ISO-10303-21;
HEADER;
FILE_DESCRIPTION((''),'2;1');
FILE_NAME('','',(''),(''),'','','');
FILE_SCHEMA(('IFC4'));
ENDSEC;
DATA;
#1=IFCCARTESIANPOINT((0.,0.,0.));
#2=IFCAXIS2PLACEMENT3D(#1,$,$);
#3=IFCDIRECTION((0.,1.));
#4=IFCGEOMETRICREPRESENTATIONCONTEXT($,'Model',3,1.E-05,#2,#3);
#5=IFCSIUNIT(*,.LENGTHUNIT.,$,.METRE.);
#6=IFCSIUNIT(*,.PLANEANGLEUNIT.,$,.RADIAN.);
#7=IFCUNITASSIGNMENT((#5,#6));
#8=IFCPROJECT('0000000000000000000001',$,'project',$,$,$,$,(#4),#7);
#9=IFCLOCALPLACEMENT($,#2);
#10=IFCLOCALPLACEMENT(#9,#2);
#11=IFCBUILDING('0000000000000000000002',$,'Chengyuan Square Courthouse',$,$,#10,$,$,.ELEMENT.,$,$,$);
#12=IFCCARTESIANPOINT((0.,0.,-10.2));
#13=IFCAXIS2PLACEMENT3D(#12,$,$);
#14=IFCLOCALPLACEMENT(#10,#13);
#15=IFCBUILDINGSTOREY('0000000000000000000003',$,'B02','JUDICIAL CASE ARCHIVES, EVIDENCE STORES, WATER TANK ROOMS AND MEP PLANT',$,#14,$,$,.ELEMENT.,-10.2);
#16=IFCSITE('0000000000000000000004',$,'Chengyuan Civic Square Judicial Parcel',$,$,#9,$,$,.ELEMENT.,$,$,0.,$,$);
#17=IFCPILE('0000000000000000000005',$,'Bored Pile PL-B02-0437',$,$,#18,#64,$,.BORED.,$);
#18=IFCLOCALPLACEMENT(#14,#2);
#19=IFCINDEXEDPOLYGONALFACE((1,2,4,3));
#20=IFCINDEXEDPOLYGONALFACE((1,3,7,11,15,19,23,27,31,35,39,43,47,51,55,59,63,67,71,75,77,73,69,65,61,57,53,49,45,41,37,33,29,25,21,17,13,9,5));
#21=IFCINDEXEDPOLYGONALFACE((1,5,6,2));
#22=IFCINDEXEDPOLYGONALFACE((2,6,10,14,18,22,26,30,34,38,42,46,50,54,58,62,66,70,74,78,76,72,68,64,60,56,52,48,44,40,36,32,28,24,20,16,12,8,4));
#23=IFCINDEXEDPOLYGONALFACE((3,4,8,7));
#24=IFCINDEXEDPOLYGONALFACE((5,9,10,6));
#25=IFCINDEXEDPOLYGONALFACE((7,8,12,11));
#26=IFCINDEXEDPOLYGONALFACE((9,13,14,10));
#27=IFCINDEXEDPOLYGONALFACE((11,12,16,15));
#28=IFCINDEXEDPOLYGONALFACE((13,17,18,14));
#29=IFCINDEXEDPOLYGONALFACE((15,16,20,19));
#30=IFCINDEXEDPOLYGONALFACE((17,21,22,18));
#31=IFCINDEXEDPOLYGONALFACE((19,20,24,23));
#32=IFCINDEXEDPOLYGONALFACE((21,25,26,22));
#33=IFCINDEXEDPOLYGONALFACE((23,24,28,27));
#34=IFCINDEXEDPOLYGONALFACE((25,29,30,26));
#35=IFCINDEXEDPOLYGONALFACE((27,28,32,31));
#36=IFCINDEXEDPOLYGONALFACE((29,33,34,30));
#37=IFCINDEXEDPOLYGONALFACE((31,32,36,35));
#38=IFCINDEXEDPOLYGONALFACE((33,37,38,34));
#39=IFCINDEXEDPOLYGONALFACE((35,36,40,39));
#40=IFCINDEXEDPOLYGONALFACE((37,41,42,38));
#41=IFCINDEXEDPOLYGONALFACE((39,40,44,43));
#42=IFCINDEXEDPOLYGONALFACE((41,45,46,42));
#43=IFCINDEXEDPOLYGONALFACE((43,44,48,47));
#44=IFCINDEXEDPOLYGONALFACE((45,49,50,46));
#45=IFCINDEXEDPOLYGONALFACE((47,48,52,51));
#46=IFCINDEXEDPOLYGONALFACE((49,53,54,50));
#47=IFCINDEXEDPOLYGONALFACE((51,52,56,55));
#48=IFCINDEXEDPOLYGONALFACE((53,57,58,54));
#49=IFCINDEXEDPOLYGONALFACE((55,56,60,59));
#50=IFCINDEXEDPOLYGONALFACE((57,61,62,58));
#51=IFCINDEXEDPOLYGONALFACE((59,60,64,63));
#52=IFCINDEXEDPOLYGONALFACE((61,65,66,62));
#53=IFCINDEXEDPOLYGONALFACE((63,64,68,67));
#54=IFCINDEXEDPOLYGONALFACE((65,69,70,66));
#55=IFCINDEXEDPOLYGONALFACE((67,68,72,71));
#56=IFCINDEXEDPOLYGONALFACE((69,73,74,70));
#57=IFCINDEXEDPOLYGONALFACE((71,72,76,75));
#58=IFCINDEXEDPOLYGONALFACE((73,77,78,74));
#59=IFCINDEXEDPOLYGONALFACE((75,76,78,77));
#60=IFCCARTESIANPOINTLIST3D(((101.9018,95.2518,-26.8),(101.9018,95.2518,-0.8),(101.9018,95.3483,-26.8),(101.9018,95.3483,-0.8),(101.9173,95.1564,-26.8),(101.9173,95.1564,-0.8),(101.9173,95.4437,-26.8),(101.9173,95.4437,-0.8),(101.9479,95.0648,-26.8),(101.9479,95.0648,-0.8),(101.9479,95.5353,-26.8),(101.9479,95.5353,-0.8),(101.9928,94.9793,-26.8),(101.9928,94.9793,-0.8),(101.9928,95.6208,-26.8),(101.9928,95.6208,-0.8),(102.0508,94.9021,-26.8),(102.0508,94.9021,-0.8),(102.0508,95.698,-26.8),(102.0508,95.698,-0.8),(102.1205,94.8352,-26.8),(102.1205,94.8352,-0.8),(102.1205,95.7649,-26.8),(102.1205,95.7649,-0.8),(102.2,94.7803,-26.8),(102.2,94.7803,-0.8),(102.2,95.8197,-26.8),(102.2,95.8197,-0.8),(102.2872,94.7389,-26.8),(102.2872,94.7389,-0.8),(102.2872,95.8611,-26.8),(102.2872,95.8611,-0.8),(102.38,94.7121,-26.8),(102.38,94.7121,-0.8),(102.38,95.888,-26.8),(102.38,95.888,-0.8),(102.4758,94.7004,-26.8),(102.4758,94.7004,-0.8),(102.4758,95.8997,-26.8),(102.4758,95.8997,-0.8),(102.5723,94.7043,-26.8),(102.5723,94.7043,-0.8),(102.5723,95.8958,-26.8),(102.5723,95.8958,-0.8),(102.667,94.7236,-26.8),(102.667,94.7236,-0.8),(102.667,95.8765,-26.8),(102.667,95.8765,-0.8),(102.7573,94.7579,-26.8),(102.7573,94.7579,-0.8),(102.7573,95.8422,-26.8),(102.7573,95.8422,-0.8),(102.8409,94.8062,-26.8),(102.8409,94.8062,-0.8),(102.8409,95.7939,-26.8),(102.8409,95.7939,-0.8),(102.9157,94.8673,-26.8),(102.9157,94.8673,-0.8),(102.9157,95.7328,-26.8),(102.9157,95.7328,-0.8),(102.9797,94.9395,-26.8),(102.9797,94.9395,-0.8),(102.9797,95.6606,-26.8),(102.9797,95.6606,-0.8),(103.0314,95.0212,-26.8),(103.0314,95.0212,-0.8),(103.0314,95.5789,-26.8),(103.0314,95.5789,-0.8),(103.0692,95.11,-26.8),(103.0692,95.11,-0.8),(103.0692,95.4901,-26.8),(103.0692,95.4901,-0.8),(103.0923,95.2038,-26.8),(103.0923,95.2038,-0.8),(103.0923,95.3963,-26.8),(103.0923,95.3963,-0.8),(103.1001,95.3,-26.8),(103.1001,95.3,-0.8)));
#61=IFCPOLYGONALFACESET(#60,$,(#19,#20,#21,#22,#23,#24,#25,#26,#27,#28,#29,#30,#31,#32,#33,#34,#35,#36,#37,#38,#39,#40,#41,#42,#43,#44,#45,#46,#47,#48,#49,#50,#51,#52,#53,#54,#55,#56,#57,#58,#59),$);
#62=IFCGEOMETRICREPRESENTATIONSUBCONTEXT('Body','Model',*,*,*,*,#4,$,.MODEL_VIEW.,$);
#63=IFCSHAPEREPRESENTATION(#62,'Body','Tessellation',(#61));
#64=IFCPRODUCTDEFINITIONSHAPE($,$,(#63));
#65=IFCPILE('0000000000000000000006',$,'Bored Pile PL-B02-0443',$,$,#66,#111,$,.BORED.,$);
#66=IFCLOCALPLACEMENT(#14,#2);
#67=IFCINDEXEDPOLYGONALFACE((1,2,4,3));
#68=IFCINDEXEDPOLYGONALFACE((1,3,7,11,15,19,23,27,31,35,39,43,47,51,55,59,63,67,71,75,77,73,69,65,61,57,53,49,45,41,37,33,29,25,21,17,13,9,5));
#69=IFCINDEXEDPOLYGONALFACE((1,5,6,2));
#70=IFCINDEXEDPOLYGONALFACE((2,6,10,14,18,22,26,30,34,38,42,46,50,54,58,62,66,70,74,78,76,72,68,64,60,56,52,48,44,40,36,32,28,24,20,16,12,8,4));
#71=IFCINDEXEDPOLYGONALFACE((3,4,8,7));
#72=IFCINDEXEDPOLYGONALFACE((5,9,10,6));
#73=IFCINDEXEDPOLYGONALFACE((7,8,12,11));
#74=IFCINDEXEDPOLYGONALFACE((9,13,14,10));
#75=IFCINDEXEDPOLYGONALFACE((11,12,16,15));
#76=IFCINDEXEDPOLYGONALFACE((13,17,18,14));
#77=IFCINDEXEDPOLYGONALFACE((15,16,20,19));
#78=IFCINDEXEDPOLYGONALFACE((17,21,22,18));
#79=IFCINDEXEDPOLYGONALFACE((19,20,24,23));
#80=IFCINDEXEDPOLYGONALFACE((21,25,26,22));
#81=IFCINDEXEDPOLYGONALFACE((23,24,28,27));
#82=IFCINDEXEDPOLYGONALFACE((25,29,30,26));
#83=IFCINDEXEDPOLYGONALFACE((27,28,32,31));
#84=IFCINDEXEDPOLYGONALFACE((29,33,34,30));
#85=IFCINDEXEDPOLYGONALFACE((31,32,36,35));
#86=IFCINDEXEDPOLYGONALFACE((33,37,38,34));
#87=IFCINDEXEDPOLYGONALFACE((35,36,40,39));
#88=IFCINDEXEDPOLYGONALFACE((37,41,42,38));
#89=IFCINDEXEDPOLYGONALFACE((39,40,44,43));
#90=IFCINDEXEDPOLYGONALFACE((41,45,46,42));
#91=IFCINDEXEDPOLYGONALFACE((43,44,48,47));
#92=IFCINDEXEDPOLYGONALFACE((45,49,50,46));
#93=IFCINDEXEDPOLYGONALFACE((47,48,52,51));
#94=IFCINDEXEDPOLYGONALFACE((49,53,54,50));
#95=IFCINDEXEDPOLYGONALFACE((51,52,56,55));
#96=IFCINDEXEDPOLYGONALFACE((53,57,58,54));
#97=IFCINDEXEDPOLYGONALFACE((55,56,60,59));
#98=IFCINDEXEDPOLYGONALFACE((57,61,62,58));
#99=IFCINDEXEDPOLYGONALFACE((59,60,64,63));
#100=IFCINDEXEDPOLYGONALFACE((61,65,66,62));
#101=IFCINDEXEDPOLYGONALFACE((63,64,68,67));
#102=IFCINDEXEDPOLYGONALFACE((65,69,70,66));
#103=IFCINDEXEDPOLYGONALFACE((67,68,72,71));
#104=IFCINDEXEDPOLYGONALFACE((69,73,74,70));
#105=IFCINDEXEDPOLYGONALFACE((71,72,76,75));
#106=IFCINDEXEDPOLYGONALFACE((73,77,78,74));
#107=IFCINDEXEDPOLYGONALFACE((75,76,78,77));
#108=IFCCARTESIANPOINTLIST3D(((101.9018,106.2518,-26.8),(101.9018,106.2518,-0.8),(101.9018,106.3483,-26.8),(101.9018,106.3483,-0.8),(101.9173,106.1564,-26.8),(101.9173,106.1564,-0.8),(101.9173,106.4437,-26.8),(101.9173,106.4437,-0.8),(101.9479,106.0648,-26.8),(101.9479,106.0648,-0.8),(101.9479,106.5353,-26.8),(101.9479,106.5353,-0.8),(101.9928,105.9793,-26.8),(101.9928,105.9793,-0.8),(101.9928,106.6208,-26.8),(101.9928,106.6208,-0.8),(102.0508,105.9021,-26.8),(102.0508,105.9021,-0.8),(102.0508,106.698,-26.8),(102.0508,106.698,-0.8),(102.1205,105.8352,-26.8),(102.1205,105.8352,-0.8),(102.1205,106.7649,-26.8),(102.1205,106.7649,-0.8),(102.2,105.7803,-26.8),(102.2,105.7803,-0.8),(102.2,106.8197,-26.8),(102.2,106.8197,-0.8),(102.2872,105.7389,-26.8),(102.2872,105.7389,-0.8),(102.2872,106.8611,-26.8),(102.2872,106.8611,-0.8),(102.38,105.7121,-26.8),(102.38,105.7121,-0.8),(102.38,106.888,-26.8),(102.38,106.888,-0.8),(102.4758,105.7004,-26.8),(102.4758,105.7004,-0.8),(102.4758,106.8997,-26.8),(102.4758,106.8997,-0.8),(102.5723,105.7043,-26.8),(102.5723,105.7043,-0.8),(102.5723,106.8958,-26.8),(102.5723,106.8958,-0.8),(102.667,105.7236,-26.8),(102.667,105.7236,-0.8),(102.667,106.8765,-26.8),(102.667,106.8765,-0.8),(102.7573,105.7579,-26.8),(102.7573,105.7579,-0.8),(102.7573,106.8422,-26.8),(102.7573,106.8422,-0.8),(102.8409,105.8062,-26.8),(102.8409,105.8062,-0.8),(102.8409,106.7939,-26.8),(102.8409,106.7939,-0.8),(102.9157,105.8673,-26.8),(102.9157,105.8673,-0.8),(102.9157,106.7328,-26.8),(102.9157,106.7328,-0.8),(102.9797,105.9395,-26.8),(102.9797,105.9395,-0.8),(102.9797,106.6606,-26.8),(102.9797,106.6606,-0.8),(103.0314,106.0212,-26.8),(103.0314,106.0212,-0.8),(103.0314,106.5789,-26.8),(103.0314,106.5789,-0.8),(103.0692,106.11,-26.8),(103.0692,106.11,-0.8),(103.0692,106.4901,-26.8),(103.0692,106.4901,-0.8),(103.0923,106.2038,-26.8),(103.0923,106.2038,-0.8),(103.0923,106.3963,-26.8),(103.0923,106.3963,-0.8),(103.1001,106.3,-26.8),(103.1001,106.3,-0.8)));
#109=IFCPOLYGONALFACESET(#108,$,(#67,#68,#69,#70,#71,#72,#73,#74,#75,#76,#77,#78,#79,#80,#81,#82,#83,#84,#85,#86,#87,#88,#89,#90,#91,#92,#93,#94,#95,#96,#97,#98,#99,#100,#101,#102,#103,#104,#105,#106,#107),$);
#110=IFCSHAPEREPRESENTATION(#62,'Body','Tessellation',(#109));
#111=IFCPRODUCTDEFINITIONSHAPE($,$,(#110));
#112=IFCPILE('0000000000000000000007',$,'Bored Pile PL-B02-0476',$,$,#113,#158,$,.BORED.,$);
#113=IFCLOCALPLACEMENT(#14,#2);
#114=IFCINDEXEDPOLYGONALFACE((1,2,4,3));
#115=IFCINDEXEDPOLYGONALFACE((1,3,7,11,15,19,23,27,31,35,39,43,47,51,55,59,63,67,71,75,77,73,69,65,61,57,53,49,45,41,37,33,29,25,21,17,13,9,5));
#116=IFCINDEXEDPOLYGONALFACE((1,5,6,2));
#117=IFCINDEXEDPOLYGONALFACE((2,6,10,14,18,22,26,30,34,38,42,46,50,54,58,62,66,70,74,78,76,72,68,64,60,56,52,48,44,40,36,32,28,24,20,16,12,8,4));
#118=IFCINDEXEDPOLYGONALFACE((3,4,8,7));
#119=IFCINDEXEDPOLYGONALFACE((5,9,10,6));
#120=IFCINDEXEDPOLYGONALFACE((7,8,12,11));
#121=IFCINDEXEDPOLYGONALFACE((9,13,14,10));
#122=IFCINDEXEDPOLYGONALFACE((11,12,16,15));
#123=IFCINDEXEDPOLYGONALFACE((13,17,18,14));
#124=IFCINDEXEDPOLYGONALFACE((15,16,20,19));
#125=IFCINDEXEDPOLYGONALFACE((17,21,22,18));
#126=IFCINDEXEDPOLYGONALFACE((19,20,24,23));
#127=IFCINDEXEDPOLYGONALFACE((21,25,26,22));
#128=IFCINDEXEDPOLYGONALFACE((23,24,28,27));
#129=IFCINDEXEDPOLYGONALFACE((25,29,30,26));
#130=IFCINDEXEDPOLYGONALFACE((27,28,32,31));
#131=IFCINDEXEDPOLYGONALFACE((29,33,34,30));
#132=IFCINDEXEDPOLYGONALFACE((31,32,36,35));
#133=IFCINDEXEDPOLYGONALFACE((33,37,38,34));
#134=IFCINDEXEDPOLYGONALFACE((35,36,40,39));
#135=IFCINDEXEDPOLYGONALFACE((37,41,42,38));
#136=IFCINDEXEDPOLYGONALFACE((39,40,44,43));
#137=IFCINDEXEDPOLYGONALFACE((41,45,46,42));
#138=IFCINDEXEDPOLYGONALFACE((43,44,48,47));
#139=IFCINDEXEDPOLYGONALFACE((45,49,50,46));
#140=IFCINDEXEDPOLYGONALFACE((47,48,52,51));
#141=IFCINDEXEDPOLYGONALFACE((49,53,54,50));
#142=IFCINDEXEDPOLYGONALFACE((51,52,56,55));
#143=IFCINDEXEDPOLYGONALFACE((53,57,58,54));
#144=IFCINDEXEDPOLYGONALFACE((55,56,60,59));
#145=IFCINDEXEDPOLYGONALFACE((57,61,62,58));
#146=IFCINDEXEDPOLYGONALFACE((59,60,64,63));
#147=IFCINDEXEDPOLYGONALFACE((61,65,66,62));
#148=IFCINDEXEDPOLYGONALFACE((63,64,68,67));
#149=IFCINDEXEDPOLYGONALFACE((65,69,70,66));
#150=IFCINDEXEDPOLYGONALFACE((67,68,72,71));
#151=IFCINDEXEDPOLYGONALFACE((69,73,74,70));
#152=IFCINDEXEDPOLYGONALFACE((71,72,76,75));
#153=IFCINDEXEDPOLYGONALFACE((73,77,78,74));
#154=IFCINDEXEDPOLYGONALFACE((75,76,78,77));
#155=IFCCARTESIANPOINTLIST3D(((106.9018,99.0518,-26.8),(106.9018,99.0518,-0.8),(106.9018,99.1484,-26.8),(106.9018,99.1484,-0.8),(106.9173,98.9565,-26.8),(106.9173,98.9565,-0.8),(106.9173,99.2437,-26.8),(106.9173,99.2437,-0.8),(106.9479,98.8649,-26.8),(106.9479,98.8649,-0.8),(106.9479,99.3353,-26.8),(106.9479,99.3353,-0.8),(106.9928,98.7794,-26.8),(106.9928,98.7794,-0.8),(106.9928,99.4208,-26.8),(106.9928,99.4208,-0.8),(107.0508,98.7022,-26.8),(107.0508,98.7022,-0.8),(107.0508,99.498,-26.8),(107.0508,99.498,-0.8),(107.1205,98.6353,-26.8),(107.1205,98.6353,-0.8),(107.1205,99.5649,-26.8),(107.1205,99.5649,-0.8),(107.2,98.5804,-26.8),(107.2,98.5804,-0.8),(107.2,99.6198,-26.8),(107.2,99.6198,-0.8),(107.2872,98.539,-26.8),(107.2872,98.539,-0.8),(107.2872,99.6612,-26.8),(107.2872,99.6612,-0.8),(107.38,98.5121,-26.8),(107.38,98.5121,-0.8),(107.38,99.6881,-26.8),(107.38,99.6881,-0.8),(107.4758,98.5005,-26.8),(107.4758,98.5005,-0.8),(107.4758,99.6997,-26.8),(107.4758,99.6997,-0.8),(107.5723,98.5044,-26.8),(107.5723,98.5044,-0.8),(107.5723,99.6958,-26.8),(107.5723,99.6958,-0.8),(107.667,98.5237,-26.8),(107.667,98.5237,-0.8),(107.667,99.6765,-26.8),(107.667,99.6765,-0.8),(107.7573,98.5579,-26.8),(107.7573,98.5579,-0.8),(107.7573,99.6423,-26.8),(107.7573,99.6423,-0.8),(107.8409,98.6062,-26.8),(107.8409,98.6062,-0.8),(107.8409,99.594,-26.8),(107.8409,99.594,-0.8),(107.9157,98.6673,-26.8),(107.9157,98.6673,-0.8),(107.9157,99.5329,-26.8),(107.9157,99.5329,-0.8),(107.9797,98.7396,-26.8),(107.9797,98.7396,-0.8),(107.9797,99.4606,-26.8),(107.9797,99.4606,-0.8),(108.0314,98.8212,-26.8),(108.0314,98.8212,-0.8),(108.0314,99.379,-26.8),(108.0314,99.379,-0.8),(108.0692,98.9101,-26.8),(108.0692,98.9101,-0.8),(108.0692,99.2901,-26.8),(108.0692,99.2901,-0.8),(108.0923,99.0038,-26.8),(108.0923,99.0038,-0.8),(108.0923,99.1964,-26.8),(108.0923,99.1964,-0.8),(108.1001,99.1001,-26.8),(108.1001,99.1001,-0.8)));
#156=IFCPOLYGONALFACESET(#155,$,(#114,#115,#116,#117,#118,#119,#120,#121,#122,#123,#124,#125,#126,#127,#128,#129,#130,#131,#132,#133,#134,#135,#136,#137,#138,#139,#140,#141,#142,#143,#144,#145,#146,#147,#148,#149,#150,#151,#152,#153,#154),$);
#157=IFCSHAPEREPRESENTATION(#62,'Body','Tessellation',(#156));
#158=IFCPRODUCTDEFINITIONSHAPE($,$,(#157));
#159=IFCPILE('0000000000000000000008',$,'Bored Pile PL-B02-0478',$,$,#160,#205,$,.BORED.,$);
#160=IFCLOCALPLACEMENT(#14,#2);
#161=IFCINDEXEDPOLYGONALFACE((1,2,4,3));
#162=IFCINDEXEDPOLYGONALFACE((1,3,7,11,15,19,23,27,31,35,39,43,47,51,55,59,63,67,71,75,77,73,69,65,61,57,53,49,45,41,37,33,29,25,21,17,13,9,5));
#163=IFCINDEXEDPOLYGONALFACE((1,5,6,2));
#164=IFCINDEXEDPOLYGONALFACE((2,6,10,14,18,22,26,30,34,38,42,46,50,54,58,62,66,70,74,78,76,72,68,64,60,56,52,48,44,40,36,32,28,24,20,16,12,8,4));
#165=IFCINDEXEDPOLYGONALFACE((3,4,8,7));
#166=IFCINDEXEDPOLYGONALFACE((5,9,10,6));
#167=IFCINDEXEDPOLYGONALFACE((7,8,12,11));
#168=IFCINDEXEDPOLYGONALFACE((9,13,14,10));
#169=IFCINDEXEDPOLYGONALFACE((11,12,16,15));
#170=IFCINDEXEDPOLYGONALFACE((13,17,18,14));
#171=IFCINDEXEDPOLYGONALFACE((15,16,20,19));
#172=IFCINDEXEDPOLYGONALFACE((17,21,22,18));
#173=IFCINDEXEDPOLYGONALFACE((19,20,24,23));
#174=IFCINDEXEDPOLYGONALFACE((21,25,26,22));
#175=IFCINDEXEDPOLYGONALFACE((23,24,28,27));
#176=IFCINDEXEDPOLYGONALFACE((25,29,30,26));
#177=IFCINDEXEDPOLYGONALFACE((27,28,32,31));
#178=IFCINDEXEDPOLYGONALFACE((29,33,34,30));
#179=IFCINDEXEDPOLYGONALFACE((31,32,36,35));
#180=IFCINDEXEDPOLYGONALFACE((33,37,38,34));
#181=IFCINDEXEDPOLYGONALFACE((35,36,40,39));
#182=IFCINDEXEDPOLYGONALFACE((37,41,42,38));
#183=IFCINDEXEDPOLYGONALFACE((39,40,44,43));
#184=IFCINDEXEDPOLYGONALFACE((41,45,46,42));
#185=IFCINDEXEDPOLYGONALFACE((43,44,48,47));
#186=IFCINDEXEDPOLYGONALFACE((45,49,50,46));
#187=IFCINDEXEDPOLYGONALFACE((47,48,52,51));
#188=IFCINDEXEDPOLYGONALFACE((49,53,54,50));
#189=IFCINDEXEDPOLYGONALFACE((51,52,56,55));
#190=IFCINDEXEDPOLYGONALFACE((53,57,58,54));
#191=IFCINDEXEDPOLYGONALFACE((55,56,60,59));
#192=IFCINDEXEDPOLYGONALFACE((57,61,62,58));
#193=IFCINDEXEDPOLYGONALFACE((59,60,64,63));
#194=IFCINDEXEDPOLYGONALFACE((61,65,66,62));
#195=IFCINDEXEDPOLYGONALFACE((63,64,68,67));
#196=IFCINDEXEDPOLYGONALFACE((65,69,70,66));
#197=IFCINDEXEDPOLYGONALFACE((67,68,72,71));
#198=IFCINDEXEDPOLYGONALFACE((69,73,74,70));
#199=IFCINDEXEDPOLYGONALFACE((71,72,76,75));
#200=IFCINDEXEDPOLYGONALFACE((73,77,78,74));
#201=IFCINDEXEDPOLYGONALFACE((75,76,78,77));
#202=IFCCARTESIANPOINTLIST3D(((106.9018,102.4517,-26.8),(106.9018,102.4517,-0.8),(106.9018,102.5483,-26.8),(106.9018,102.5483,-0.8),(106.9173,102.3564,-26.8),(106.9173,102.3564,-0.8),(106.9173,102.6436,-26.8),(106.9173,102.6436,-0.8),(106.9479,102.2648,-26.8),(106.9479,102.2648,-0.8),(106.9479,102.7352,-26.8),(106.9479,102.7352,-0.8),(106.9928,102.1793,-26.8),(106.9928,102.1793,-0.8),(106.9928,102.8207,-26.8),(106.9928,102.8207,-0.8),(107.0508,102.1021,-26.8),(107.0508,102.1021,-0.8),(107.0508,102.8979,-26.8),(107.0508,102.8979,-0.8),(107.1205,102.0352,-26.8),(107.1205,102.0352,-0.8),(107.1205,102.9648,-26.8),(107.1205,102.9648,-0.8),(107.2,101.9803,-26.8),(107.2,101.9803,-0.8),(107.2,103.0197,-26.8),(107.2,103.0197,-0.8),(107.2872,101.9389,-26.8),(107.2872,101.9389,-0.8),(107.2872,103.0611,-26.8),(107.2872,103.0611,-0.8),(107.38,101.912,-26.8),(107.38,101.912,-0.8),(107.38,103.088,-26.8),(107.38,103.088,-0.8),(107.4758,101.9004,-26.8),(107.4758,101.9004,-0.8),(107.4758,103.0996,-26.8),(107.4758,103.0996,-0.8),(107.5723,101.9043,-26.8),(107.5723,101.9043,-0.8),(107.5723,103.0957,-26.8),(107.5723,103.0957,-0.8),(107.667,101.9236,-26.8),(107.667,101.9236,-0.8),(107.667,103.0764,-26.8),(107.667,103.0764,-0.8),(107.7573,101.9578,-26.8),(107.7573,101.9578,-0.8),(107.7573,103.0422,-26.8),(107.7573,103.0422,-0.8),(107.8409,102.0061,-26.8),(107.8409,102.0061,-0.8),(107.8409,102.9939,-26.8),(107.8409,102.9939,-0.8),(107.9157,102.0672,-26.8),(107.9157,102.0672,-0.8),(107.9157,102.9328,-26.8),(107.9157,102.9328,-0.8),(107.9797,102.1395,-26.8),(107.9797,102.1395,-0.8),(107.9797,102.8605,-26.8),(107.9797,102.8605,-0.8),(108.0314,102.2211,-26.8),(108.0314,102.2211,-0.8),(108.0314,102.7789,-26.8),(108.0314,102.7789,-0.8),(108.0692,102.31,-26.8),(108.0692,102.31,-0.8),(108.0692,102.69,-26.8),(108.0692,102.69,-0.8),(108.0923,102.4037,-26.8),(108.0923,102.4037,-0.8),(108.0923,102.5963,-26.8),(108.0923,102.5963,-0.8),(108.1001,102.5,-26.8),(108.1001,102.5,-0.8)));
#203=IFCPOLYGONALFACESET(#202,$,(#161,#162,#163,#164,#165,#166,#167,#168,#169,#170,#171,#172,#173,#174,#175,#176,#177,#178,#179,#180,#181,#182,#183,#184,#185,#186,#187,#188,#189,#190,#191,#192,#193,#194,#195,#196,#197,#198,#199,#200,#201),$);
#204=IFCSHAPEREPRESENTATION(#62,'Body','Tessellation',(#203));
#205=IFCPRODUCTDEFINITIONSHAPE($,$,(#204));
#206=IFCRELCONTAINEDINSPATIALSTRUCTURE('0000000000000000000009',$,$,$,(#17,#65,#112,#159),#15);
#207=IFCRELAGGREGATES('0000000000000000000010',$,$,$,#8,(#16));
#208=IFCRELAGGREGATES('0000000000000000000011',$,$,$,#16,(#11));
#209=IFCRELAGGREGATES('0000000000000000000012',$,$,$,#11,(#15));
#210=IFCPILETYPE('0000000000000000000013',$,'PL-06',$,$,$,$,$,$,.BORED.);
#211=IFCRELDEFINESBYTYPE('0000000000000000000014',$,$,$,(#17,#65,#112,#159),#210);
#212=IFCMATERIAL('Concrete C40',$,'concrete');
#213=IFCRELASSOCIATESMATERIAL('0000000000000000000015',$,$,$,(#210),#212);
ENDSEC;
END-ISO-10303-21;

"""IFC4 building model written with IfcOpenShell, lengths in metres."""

from ifc_helpers import new_model, si_unit, direction, frame, origin, origin_2d, place, context, subcontext, project, spatial, circle, extrude, material, material_profile, profile_set, type_object, element, save


model = new_model("IFC4")

# Units and contexts
model_context = context("Model", 3, precision=1e-05, world=origin(), true_north=direction((0.0, 1.0)))
body_context = subcontext(model_context, "Body", "Model", "MODEL_VIEW")
ifc_project = project(units=[si_unit("LENGTHUNIT", "METRE"), si_unit("PLANEANGLEUNIT", "RADIAN")], contexts=[model_context])

# Site, building, storey
site_placement = place(None, origin())
site = spatial("IfcSite", under=ifc_project, at=site_placement, Name="Chengyuan Civic Square Judicial Parcel", CompositionType="ELEMENT", RefElevation=0.0)
building_placement = place(site_placement, origin())
building = spatial("IfcBuilding", under=site, at=building_placement, Name="Chengyuan Square Courthouse", CompositionType="ELEMENT")
storey_placement = place(building_placement, frame((0.0, 0.0, -10.2)))
storey = spatial("IfcBuildingStorey", under=building, at=storey_placement, Name="B02", Description="JUDICIAL CASE ARCHIVES, EVIDENCE STORES, WATER TANK ROOMS AND MEP PLANT", CompositionType="ELEMENT", Elevation=-10.2)

# Shared definitions
ifc_material_1 = material(Name="Concrete C40", Category="concrete")

# Piles
ifc_material_profile_1 = material_profile(ifc_material_1, circle(Radius=0.6001, at=origin_2d()), Name="BORED PILE D1200")
ifc_profile_set_1 = profile_set([ifc_material_profile_1], Name="Concrete C40")
pile_type_1 = type_object("IfcPileType", Name="PL-06", PredefinedType="BORED", material=ifc_profile_set_1)
for number, where, z_axis, x_axis, name in (
    (1, (102.5, 95.3, -0.8), (0.0, 0.0, -1.0), (1.0, 0.0, 0.0), "Bored Pile PL-B02-0437"),
    (2, (102.5, 106.3, -0.8), (0.0, 0.0, -1.0), (1.0, 0.0, 0.0), "Bored Pile PL-B02-0443"),
    (3, (107.5, 99.1001, -0.8), (0.0, 0.0, -1.0), (1.0, 0.0, 0.0), "Bored Pile PL-B02-0476"),
    (4, (107.5, 102.5, -0.8), (0.0, 0.0, -1.0), (1.0, 0.0, 0.0), "Bored Pile PL-B02-0478"),
):
    element("IfcPile", number, at=place(storey_placement, frame(where, z_axis=z_axis, x_axis=x_axis)), inside=storey, type_object=pile_type_1, Name=name, PredefinedType="BORED", context=body_context, shape_type="SweptSolid", body=[
        extrude(circle(Radius=0.6001, at=origin_2d()), origin(), (0.0, 0.0, 1.0), 26.0),
    ])

save(model, "model.ifc")
